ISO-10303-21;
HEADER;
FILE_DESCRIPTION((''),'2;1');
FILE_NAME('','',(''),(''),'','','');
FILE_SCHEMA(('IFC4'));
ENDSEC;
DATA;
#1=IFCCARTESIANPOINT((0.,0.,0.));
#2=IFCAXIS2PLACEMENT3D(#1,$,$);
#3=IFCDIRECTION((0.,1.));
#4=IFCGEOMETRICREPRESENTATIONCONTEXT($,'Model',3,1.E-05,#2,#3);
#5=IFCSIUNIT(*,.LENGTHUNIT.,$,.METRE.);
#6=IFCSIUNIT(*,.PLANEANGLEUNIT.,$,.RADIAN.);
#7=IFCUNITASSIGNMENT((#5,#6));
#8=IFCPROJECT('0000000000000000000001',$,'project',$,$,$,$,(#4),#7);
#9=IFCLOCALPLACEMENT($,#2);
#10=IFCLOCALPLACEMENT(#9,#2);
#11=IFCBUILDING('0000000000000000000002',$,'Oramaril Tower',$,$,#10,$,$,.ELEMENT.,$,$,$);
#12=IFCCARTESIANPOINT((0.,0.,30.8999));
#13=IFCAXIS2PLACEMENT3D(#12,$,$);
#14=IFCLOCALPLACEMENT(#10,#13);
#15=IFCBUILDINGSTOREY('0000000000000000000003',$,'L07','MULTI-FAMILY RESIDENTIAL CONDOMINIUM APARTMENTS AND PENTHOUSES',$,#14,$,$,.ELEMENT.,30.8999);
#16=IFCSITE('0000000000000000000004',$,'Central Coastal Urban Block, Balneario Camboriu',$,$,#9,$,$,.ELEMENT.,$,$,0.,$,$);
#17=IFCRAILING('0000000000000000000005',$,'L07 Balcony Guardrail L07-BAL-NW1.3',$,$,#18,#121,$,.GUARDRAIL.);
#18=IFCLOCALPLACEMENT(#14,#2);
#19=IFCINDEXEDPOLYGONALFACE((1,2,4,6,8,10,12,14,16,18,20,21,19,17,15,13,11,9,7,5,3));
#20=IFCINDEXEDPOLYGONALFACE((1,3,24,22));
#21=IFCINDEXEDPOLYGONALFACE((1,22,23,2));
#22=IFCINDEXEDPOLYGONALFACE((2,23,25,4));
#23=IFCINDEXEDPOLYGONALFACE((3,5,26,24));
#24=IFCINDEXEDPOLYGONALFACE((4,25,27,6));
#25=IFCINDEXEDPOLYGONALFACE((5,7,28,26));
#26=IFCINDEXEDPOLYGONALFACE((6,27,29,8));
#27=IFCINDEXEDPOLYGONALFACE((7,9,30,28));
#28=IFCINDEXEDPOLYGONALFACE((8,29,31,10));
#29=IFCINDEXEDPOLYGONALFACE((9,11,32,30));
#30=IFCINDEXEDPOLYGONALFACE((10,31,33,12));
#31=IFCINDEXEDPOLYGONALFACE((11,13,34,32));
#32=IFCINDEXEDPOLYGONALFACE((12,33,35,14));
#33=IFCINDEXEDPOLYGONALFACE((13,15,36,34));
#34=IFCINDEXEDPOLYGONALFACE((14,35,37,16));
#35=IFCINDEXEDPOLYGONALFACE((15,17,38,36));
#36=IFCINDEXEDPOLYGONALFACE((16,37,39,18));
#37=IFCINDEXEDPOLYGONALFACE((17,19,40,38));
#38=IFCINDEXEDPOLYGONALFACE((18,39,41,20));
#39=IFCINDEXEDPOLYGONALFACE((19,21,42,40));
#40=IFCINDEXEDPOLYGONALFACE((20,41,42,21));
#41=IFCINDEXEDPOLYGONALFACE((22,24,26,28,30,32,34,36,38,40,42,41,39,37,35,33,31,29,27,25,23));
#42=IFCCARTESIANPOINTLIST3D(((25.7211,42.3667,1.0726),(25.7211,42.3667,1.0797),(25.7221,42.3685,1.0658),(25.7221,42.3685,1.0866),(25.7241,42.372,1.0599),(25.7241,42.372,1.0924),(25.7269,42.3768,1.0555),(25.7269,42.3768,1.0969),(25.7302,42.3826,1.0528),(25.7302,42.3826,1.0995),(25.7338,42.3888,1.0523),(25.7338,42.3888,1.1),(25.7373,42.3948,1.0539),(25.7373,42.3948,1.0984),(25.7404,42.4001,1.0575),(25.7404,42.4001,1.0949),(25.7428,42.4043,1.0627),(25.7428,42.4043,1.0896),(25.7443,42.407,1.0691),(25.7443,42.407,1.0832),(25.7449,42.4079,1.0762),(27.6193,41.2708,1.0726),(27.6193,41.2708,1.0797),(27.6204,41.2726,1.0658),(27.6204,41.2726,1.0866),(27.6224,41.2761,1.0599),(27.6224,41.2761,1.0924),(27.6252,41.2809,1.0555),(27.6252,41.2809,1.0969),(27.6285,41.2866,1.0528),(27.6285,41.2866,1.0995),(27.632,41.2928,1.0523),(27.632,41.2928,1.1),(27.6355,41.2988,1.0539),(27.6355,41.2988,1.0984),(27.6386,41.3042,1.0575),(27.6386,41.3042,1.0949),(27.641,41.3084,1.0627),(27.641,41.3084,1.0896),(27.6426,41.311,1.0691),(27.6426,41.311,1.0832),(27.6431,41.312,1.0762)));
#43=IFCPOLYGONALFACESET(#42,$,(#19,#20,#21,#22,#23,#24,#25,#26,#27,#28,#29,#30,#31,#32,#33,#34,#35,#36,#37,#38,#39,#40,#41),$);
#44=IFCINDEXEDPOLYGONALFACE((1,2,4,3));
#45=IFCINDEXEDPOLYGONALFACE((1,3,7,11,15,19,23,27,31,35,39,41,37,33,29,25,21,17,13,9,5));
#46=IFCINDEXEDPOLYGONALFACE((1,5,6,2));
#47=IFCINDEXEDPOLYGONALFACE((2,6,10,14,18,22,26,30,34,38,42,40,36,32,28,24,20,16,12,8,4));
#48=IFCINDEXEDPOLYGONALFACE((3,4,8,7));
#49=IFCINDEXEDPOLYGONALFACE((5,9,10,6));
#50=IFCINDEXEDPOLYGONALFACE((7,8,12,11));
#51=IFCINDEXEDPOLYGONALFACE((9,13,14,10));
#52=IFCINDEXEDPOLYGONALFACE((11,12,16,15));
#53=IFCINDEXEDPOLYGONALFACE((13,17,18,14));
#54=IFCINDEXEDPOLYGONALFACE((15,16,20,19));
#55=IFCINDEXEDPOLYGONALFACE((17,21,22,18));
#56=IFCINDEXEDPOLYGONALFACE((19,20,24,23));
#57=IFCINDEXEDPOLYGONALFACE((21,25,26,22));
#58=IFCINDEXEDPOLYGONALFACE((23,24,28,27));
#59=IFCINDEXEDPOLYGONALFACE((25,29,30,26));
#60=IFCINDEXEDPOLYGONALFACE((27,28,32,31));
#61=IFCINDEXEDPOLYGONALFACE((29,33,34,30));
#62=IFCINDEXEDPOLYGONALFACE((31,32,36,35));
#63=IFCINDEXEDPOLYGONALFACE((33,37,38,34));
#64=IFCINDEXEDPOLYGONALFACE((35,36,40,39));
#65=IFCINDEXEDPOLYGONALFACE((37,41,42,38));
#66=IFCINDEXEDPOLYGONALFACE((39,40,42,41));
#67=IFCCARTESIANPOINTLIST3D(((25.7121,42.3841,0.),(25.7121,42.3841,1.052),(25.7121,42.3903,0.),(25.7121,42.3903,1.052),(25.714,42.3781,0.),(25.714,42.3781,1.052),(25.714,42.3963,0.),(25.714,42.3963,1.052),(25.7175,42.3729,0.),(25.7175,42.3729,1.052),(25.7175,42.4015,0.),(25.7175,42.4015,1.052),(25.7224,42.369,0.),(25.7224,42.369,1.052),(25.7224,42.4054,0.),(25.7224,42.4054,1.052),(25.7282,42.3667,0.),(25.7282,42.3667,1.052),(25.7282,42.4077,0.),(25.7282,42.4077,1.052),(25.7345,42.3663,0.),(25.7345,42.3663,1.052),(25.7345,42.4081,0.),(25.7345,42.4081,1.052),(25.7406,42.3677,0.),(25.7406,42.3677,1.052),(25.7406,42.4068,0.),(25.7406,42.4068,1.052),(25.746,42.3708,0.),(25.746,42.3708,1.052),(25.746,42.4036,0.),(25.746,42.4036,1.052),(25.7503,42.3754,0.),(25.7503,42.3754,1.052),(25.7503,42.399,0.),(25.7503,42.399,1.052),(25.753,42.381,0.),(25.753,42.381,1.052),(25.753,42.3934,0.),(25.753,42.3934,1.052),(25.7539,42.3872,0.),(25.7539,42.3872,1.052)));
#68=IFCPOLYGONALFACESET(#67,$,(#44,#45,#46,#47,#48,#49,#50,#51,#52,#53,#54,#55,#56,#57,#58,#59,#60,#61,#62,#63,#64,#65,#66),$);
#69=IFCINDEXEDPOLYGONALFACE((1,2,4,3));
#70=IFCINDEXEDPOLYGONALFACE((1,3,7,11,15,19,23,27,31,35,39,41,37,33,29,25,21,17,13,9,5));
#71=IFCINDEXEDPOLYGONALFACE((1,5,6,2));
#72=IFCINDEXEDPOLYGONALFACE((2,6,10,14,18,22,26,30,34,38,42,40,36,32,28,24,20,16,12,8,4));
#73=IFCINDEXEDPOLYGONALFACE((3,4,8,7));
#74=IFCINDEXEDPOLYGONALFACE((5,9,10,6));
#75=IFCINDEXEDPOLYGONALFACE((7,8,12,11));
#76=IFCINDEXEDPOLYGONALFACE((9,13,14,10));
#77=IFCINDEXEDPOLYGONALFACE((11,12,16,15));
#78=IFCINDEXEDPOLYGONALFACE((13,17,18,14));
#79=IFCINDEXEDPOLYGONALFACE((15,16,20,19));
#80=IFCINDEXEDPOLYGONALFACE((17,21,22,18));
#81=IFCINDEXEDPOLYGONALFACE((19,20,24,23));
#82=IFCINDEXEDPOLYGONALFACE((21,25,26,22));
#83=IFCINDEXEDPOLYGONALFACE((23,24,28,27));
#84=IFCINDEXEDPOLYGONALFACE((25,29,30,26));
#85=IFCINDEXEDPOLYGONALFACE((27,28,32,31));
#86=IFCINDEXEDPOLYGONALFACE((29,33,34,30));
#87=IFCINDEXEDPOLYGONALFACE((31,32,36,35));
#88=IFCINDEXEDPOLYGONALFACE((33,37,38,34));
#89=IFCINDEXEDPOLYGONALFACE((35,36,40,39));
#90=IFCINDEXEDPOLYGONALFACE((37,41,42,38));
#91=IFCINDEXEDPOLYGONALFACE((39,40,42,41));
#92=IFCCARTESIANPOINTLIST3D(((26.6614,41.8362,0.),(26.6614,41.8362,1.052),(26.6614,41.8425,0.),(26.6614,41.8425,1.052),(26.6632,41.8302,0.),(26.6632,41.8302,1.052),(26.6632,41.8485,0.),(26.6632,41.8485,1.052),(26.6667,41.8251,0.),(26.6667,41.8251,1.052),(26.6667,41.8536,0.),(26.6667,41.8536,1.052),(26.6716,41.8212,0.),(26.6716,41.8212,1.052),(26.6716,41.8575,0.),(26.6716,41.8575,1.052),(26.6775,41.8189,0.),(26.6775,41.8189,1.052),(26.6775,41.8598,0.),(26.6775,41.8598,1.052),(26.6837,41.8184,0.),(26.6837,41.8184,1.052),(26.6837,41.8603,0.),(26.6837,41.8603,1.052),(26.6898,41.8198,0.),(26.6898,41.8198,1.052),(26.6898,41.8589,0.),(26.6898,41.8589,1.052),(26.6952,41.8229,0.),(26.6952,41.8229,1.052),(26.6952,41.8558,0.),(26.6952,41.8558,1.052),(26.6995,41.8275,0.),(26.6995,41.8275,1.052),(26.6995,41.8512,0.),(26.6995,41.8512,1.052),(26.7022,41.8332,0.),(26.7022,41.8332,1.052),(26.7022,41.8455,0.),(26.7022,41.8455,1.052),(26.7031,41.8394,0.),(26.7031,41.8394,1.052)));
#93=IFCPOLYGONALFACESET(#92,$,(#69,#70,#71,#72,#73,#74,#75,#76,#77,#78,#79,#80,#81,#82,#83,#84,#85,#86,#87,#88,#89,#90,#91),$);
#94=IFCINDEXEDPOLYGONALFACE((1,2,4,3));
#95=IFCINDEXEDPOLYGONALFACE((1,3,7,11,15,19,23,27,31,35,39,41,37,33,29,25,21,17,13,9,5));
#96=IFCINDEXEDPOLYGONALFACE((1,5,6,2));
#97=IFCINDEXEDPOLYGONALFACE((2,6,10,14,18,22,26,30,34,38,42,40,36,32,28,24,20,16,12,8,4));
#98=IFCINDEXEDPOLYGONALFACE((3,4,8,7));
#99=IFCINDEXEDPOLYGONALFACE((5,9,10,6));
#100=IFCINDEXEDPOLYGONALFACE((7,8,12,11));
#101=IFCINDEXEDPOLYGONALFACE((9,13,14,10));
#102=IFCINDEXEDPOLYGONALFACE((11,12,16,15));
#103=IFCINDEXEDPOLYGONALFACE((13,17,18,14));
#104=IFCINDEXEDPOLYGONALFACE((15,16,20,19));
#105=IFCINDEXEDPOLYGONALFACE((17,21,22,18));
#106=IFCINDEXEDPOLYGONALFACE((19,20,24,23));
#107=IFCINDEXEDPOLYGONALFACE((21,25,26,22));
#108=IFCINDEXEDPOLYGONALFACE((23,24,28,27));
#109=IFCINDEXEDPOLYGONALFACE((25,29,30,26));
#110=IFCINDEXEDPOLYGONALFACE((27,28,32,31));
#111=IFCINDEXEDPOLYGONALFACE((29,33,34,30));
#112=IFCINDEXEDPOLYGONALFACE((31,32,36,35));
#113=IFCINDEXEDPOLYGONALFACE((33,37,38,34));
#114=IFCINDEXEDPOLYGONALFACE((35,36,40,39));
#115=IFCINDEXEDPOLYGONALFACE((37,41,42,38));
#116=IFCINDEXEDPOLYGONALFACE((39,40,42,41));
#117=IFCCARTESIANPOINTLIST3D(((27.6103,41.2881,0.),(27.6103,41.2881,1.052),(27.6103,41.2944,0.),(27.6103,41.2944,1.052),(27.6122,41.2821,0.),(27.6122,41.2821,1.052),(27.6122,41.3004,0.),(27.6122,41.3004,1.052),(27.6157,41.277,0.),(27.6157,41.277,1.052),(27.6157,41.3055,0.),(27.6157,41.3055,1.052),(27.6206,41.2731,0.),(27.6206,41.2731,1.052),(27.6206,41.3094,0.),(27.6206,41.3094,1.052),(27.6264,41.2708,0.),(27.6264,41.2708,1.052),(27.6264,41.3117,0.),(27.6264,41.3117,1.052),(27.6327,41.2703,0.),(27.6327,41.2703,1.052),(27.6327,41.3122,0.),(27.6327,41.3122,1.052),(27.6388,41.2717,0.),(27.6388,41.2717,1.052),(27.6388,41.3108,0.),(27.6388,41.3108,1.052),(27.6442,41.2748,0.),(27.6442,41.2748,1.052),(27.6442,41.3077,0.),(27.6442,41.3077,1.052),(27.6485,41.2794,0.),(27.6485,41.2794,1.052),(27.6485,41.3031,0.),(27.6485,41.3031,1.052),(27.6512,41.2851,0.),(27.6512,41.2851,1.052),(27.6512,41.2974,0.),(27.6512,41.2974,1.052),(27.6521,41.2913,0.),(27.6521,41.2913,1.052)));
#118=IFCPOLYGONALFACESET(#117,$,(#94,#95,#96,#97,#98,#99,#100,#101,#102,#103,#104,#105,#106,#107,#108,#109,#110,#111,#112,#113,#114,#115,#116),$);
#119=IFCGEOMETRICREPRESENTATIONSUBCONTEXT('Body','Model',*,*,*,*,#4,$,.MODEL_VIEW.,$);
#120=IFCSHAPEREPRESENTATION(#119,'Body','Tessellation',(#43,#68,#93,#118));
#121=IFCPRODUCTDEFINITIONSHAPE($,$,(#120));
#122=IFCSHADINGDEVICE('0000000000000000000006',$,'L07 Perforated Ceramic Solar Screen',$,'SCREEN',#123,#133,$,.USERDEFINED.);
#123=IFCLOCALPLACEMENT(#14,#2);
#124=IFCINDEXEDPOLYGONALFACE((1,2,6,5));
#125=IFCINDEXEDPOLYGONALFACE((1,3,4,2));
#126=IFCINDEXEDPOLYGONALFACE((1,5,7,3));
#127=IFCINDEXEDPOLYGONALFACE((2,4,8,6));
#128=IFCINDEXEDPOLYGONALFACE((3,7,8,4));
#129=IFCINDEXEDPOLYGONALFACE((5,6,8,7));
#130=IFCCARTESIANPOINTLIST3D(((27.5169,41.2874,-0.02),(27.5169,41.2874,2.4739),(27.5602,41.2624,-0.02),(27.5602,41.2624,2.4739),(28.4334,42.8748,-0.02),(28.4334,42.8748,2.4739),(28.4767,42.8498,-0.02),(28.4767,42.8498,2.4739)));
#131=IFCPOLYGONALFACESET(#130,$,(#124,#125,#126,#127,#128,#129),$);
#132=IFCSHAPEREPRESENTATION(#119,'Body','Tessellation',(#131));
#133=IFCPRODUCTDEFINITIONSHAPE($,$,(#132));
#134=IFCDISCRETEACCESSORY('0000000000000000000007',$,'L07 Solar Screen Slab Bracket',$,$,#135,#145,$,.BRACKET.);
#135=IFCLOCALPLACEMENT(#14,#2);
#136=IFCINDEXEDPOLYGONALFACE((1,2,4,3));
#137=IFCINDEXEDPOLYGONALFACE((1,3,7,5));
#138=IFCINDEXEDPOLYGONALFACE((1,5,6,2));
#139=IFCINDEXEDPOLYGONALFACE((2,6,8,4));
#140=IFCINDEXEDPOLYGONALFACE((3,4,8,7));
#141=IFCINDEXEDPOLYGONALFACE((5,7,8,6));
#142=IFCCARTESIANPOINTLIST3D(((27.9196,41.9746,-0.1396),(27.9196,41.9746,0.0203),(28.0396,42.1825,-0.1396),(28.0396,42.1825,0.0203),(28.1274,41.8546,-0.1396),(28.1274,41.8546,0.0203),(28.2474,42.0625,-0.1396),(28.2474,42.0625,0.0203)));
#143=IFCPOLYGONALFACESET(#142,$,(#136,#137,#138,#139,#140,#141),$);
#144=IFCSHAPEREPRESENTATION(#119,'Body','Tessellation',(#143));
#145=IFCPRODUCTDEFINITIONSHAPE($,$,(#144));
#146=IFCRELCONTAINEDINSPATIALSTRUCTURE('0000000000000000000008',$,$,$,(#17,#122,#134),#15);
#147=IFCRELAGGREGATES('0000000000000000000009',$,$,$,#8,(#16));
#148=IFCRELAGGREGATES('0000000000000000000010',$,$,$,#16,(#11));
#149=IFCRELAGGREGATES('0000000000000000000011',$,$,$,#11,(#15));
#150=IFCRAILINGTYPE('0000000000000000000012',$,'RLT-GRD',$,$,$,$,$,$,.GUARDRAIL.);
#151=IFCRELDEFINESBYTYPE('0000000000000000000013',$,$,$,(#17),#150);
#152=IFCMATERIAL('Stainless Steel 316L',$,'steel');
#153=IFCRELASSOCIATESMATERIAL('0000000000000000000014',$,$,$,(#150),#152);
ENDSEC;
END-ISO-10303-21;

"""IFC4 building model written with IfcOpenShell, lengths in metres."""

from ifc_helpers import new_model, si_unit, direction, frame, origin, origin_2d, place, context, subcontext, project, spatial, rectangle, circle, extrude, material, type_object, element, save


model = new_model("IFC4")

# Units and contexts
model_context = context("Model", 3, precision=1e-05, world=origin(), true_north=direction((0.0, 1.0)))
body_context = subcontext(model_context, "Body", "Model", "MODEL_VIEW")
ifc_project = project(units=[si_unit("LENGTHUNIT", "METRE"), si_unit("PLANEANGLEUNIT", "RADIAN")], contexts=[model_context])

# Site, building, storey
site_placement = place(None, origin())
site = spatial("IfcSite", under=ifc_project, at=site_placement, Name="Central Coastal Urban Block, Balneario Camboriu", CompositionType="ELEMENT", RefElevation=0.0)
building_placement = place(site_placement, origin())
building = spatial("IfcBuilding", under=site, at=building_placement, Name="Oramaril Tower", CompositionType="ELEMENT")
storey_placement = place(building_placement, frame((0.0, 0.0, 30.8999)))
storey = spatial("IfcBuildingStorey", under=building, at=storey_placement, Name="L07", Description="MULTI-FAMILY RESIDENTIAL CONDOMINIUM APARTMENTS AND PENTHOUSES", CompositionType="ELEMENT", Elevation=30.8999)

# Railing
ifc_material_1 = material(Name="Stainless Steel 316L", Category="steel")
railing_type = type_object("IfcRailingType", Name="RLT-GRD", PredefinedType="GUARDRAIL", material=ifc_material_1)
railing_placement = place(storey_placement, frame((25.7329, 42.3872, 0.0)))
element("IfcRailing", 1, at=railing_placement, inside=storey, type_object=railing_type, Name="L07 Balcony Guardrail L07-BAL-NW1.3", PredefinedType="GUARDRAIL", context=body_context, shape_type="SweptSolid", body=[
    extrude(circle(Radius=0.0239, at=origin_2d()), frame((0.0, 0.0, 1.0762), z_axis=(0.866021, -0.500008, 0.0), x_axis=(0.500008, 0.866021, 0.0)), (0.0, 0.0, 1.0), 2.1919),
    extrude(circle(Radius=0.021, at=origin_2d()), origin(), (0.0, 0.0, 1.0), 1.052),
    extrude(circle(Radius=0.021, at=origin_2d()), frame((0.9492, -0.5479, 0.0)), (0.0, 0.0, 1.0), 1.052),
    extrude(circle(Radius=0.021, at=origin_2d()), frame((1.8982, -1.0959, 0.0)), (0.0, 0.0, 1.0), 1.052),
])

# Shading device
shading_device_placement = place(storey_placement, frame((27.9968, 42.0686, -0.02), z_axis=(0.0, 0.0, 1.0), x_axis=(-0.5, -0.866025, 0.0)))
element("IfcShadingDevice", 2, at=shading_device_placement, inside=storey, Name="L07 Perforated Ceramic Solar Screen", ObjectType="SCREEN", PredefinedType="USERDEFINED", context=body_context, shape_type="SweptSolid", body=[
    extrude(rectangle(XDim=1.833, YDim=0.05, at=origin_2d()), origin(), (0.0, 0.0, 1.0), 2.4939),
])

# Discrete accessory
discrete_accessory_placement = place(storey_placement, frame((28.0835, 42.0186, -0.1396), z_axis=(0.0, 0.0, 1.0), x_axis=(-0.5, -0.866025, 0.0)))
element("IfcDiscreteAccessory", 3, at=discrete_accessory_placement, inside=storey, Name="L07 Solar Screen Slab Bracket", PredefinedType="BRACKET", context=body_context, shape_type="SweptSolid", body=[
    extrude(rectangle(XDim=0.24, YDim=0.24, at=origin_2d()), origin(), (0.0, 0.0, 1.0), 0.1599),
])

save(model, "model.ifc")
